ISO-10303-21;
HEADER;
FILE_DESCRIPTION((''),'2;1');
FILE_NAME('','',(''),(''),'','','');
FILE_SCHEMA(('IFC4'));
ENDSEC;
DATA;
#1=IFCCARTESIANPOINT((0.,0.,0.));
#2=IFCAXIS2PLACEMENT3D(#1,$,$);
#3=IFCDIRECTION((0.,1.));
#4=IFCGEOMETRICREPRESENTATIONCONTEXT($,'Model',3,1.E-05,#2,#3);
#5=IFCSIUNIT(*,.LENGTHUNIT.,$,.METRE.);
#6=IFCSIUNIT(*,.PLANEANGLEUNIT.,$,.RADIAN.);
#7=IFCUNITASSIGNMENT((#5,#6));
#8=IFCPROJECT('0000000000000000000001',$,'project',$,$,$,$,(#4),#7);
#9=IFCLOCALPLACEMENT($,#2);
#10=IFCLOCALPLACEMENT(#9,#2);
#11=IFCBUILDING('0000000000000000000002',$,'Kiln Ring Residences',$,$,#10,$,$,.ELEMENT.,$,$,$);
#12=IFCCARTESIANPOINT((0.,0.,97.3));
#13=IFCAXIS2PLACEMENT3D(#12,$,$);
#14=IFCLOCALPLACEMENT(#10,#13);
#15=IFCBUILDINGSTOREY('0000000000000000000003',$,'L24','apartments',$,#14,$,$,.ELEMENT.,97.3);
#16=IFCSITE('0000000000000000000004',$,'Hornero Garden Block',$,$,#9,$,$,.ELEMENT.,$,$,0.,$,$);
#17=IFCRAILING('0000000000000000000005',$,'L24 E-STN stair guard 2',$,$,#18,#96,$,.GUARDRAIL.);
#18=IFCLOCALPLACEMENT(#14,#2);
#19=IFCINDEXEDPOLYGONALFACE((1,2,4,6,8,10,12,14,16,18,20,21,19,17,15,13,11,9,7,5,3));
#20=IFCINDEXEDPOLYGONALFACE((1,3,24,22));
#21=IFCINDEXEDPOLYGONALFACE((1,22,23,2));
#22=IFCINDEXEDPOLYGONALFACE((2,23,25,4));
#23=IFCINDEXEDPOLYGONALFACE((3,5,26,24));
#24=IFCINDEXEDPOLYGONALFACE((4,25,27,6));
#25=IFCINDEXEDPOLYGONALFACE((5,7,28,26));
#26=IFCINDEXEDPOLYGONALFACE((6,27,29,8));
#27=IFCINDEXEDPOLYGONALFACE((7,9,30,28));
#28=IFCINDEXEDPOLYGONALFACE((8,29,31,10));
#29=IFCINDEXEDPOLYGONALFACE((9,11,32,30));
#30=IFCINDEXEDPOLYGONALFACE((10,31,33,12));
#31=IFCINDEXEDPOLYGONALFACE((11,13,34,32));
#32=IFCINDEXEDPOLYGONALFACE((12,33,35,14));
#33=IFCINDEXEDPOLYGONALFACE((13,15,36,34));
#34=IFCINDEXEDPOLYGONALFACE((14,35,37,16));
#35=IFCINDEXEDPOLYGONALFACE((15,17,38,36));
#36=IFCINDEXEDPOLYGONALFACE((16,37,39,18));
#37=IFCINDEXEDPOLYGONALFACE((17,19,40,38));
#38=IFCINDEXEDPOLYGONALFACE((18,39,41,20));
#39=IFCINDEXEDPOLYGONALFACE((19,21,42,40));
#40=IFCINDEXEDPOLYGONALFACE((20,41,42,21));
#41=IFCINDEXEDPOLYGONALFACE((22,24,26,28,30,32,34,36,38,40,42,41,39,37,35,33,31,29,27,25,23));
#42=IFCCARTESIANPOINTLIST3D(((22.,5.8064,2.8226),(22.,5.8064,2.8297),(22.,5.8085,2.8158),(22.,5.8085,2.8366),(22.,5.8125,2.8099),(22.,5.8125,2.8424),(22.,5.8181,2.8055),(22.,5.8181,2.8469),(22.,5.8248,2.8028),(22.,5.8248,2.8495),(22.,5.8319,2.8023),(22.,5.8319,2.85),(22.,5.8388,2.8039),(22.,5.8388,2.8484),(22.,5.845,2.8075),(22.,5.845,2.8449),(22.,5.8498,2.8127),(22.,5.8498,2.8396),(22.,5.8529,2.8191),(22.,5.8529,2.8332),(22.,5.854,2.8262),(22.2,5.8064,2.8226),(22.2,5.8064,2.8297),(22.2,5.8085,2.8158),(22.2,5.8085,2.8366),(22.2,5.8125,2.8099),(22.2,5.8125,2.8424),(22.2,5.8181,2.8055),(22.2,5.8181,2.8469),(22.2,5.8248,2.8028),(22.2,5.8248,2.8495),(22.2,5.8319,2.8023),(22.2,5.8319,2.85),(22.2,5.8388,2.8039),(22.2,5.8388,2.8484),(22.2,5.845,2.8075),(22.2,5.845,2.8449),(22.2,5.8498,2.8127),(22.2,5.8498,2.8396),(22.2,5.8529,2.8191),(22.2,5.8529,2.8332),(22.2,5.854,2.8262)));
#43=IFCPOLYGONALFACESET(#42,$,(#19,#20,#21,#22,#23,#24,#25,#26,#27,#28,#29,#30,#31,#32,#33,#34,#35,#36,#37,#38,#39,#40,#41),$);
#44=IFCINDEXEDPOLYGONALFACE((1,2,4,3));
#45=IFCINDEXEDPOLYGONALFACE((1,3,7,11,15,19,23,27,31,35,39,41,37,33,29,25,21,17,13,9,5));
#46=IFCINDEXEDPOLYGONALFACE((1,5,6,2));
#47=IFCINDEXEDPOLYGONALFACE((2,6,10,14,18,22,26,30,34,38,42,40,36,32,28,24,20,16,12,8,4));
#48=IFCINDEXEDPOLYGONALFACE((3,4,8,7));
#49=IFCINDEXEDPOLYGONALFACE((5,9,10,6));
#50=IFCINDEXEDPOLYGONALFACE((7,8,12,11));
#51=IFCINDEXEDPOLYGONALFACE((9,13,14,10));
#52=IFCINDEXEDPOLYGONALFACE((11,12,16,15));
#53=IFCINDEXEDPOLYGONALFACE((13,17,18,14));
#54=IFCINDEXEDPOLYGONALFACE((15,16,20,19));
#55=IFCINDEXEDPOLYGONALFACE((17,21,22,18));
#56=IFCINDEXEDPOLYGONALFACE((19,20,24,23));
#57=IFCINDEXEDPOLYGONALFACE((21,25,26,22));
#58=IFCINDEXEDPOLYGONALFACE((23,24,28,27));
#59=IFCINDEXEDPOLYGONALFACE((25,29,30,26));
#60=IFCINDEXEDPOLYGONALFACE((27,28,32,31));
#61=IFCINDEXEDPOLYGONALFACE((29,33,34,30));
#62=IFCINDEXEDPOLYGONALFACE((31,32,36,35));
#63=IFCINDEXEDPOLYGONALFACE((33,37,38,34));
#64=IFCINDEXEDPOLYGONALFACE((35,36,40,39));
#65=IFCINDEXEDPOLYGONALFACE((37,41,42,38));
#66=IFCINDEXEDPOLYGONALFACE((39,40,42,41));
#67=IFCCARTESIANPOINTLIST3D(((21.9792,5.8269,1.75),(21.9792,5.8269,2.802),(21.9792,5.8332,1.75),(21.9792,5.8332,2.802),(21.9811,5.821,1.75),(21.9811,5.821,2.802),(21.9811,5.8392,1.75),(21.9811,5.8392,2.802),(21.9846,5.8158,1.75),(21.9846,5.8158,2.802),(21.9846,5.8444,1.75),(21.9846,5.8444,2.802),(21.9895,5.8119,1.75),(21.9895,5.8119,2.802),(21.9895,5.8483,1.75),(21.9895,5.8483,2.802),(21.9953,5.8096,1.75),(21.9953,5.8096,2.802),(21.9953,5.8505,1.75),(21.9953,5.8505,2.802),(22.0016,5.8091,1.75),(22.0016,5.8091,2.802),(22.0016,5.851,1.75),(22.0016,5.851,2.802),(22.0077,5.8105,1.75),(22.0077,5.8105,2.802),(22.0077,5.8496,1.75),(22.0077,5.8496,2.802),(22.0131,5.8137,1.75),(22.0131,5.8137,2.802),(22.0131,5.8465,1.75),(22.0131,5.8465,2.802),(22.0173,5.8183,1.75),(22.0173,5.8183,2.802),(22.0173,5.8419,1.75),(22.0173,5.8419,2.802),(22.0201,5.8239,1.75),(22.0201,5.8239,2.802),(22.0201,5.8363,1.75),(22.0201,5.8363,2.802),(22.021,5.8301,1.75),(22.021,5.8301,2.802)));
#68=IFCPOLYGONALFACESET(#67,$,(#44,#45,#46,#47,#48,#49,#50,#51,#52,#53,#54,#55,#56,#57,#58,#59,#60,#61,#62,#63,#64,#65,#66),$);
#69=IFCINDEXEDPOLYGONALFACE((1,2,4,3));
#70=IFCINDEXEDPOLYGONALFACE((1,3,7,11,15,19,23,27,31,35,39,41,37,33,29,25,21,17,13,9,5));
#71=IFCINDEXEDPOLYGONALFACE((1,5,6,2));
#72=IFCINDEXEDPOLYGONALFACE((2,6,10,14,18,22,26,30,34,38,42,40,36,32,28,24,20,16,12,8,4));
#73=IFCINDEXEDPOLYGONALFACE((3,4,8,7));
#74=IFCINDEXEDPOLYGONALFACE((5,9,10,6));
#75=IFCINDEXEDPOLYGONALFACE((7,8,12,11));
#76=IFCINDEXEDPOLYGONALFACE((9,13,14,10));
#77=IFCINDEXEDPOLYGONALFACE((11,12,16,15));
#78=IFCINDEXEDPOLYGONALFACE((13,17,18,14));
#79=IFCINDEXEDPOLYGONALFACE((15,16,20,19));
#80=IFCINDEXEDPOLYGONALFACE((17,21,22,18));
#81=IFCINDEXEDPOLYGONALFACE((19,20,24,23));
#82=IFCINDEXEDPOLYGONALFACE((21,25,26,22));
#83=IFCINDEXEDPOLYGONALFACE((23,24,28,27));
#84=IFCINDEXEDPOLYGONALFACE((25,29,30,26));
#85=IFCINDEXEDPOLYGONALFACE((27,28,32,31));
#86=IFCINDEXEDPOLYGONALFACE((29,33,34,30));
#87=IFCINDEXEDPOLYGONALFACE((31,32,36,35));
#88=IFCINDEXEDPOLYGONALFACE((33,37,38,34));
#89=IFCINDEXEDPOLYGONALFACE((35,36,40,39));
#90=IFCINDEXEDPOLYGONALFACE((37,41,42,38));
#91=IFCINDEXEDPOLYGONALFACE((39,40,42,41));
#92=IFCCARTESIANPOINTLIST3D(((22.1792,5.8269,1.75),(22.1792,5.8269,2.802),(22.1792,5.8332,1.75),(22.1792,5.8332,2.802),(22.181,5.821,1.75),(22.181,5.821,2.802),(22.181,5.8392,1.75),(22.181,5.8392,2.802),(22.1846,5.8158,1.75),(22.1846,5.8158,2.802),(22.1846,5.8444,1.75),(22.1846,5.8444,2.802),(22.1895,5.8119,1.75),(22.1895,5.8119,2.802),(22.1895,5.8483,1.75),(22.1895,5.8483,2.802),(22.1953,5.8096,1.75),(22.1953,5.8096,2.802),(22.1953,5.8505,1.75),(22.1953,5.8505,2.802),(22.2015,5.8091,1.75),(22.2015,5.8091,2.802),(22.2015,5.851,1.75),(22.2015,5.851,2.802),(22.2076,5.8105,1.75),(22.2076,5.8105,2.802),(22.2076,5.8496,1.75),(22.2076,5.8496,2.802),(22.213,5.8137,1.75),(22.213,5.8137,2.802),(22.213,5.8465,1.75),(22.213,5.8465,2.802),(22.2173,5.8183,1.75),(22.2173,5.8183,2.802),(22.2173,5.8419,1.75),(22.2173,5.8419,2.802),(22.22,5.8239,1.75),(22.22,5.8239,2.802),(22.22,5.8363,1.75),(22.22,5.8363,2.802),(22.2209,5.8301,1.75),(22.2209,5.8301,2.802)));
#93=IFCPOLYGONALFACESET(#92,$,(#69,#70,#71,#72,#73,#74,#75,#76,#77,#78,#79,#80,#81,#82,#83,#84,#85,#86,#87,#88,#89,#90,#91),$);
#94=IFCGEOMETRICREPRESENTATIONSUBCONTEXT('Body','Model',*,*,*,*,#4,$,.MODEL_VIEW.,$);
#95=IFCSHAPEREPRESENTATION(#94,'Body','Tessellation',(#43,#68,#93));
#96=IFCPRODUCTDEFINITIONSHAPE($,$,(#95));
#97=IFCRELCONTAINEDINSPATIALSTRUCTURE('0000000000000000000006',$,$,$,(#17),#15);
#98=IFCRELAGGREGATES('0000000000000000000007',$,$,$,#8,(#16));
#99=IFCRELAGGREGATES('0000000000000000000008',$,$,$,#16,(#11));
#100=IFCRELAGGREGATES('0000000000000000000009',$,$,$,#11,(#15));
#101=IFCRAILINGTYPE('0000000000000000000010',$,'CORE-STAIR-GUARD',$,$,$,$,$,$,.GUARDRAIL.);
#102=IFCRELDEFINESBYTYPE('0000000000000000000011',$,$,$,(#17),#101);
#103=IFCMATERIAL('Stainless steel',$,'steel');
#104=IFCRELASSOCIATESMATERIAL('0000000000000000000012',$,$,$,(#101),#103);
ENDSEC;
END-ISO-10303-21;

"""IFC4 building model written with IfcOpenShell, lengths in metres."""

from ifc_helpers import new_model, si_unit, direction, frame, origin, origin_2d, place, context, subcontext, project, spatial, circle, extrude, material, type_object, element, save


model = new_model("IFC4")

# Units and contexts
model_context = context("Model", 3, precision=1e-05, world=origin(), true_north=direction((0.0, 1.0)))
body_context = subcontext(model_context, "Body", "Model", "MODEL_VIEW")
ifc_project = project(units=[si_unit("LENGTHUNIT", "METRE"), si_unit("PLANEANGLEUNIT", "RADIAN")], contexts=[model_context])

# Site, building, storey
site_placement = place(None, origin())
site = spatial("IfcSite", under=ifc_project, at=site_placement, Name="Hornero Garden Block", CompositionType="ELEMENT", RefElevation=0.0)
building_placement = place(site_placement, origin())
building = spatial("IfcBuilding", under=site, at=building_placement, Name="Kiln Ring Residences", CompositionType="ELEMENT")
storey_placement = place(building_placement, frame((0.0, 0.0, 97.3)))
storey = spatial("IfcBuildingStorey", under=building, at=storey_placement, Name="L24", Description="apartments", CompositionType="ELEMENT", Elevation=97.3)

# Railing
ifc_material_1 = material(Name="Stainless steel", Category="steel")
railing_type_1 = type_object("IfcRailingType", Name="CORE-STAIR-GUARD", PredefinedType="GUARDRAIL", material=ifc_material_1)
railing_1_placement = place(storey_placement, frame((22.0, 5.8301, 1.75)))
element("IfcRailing", 1, at=railing_1_placement, inside=storey, type_object=railing_type_1, Name="L24 E-STN stair guard 2", PredefinedType="GUARDRAIL", context=body_context, shape_type="SweptSolid", body=[
    extrude(circle(Radius=0.0239, at=origin_2d()), frame((0.0, 0.0, 1.0762), z_axis=(1.0, 0.0, 0.0), x_axis=(0.0, 1.0, 0.0)), (0.0, 0.0, 1.0), 0.2),
    extrude(circle(Radius=0.021, at=origin_2d()), origin(), (0.0, 0.0, 1.0), 1.052),
    extrude(circle(Radius=0.021, at=origin_2d()), frame((0.2, 0.0, 0.0)), (0.0, 0.0, 1.0), 1.052),
])

save(model, "model.ifc")
